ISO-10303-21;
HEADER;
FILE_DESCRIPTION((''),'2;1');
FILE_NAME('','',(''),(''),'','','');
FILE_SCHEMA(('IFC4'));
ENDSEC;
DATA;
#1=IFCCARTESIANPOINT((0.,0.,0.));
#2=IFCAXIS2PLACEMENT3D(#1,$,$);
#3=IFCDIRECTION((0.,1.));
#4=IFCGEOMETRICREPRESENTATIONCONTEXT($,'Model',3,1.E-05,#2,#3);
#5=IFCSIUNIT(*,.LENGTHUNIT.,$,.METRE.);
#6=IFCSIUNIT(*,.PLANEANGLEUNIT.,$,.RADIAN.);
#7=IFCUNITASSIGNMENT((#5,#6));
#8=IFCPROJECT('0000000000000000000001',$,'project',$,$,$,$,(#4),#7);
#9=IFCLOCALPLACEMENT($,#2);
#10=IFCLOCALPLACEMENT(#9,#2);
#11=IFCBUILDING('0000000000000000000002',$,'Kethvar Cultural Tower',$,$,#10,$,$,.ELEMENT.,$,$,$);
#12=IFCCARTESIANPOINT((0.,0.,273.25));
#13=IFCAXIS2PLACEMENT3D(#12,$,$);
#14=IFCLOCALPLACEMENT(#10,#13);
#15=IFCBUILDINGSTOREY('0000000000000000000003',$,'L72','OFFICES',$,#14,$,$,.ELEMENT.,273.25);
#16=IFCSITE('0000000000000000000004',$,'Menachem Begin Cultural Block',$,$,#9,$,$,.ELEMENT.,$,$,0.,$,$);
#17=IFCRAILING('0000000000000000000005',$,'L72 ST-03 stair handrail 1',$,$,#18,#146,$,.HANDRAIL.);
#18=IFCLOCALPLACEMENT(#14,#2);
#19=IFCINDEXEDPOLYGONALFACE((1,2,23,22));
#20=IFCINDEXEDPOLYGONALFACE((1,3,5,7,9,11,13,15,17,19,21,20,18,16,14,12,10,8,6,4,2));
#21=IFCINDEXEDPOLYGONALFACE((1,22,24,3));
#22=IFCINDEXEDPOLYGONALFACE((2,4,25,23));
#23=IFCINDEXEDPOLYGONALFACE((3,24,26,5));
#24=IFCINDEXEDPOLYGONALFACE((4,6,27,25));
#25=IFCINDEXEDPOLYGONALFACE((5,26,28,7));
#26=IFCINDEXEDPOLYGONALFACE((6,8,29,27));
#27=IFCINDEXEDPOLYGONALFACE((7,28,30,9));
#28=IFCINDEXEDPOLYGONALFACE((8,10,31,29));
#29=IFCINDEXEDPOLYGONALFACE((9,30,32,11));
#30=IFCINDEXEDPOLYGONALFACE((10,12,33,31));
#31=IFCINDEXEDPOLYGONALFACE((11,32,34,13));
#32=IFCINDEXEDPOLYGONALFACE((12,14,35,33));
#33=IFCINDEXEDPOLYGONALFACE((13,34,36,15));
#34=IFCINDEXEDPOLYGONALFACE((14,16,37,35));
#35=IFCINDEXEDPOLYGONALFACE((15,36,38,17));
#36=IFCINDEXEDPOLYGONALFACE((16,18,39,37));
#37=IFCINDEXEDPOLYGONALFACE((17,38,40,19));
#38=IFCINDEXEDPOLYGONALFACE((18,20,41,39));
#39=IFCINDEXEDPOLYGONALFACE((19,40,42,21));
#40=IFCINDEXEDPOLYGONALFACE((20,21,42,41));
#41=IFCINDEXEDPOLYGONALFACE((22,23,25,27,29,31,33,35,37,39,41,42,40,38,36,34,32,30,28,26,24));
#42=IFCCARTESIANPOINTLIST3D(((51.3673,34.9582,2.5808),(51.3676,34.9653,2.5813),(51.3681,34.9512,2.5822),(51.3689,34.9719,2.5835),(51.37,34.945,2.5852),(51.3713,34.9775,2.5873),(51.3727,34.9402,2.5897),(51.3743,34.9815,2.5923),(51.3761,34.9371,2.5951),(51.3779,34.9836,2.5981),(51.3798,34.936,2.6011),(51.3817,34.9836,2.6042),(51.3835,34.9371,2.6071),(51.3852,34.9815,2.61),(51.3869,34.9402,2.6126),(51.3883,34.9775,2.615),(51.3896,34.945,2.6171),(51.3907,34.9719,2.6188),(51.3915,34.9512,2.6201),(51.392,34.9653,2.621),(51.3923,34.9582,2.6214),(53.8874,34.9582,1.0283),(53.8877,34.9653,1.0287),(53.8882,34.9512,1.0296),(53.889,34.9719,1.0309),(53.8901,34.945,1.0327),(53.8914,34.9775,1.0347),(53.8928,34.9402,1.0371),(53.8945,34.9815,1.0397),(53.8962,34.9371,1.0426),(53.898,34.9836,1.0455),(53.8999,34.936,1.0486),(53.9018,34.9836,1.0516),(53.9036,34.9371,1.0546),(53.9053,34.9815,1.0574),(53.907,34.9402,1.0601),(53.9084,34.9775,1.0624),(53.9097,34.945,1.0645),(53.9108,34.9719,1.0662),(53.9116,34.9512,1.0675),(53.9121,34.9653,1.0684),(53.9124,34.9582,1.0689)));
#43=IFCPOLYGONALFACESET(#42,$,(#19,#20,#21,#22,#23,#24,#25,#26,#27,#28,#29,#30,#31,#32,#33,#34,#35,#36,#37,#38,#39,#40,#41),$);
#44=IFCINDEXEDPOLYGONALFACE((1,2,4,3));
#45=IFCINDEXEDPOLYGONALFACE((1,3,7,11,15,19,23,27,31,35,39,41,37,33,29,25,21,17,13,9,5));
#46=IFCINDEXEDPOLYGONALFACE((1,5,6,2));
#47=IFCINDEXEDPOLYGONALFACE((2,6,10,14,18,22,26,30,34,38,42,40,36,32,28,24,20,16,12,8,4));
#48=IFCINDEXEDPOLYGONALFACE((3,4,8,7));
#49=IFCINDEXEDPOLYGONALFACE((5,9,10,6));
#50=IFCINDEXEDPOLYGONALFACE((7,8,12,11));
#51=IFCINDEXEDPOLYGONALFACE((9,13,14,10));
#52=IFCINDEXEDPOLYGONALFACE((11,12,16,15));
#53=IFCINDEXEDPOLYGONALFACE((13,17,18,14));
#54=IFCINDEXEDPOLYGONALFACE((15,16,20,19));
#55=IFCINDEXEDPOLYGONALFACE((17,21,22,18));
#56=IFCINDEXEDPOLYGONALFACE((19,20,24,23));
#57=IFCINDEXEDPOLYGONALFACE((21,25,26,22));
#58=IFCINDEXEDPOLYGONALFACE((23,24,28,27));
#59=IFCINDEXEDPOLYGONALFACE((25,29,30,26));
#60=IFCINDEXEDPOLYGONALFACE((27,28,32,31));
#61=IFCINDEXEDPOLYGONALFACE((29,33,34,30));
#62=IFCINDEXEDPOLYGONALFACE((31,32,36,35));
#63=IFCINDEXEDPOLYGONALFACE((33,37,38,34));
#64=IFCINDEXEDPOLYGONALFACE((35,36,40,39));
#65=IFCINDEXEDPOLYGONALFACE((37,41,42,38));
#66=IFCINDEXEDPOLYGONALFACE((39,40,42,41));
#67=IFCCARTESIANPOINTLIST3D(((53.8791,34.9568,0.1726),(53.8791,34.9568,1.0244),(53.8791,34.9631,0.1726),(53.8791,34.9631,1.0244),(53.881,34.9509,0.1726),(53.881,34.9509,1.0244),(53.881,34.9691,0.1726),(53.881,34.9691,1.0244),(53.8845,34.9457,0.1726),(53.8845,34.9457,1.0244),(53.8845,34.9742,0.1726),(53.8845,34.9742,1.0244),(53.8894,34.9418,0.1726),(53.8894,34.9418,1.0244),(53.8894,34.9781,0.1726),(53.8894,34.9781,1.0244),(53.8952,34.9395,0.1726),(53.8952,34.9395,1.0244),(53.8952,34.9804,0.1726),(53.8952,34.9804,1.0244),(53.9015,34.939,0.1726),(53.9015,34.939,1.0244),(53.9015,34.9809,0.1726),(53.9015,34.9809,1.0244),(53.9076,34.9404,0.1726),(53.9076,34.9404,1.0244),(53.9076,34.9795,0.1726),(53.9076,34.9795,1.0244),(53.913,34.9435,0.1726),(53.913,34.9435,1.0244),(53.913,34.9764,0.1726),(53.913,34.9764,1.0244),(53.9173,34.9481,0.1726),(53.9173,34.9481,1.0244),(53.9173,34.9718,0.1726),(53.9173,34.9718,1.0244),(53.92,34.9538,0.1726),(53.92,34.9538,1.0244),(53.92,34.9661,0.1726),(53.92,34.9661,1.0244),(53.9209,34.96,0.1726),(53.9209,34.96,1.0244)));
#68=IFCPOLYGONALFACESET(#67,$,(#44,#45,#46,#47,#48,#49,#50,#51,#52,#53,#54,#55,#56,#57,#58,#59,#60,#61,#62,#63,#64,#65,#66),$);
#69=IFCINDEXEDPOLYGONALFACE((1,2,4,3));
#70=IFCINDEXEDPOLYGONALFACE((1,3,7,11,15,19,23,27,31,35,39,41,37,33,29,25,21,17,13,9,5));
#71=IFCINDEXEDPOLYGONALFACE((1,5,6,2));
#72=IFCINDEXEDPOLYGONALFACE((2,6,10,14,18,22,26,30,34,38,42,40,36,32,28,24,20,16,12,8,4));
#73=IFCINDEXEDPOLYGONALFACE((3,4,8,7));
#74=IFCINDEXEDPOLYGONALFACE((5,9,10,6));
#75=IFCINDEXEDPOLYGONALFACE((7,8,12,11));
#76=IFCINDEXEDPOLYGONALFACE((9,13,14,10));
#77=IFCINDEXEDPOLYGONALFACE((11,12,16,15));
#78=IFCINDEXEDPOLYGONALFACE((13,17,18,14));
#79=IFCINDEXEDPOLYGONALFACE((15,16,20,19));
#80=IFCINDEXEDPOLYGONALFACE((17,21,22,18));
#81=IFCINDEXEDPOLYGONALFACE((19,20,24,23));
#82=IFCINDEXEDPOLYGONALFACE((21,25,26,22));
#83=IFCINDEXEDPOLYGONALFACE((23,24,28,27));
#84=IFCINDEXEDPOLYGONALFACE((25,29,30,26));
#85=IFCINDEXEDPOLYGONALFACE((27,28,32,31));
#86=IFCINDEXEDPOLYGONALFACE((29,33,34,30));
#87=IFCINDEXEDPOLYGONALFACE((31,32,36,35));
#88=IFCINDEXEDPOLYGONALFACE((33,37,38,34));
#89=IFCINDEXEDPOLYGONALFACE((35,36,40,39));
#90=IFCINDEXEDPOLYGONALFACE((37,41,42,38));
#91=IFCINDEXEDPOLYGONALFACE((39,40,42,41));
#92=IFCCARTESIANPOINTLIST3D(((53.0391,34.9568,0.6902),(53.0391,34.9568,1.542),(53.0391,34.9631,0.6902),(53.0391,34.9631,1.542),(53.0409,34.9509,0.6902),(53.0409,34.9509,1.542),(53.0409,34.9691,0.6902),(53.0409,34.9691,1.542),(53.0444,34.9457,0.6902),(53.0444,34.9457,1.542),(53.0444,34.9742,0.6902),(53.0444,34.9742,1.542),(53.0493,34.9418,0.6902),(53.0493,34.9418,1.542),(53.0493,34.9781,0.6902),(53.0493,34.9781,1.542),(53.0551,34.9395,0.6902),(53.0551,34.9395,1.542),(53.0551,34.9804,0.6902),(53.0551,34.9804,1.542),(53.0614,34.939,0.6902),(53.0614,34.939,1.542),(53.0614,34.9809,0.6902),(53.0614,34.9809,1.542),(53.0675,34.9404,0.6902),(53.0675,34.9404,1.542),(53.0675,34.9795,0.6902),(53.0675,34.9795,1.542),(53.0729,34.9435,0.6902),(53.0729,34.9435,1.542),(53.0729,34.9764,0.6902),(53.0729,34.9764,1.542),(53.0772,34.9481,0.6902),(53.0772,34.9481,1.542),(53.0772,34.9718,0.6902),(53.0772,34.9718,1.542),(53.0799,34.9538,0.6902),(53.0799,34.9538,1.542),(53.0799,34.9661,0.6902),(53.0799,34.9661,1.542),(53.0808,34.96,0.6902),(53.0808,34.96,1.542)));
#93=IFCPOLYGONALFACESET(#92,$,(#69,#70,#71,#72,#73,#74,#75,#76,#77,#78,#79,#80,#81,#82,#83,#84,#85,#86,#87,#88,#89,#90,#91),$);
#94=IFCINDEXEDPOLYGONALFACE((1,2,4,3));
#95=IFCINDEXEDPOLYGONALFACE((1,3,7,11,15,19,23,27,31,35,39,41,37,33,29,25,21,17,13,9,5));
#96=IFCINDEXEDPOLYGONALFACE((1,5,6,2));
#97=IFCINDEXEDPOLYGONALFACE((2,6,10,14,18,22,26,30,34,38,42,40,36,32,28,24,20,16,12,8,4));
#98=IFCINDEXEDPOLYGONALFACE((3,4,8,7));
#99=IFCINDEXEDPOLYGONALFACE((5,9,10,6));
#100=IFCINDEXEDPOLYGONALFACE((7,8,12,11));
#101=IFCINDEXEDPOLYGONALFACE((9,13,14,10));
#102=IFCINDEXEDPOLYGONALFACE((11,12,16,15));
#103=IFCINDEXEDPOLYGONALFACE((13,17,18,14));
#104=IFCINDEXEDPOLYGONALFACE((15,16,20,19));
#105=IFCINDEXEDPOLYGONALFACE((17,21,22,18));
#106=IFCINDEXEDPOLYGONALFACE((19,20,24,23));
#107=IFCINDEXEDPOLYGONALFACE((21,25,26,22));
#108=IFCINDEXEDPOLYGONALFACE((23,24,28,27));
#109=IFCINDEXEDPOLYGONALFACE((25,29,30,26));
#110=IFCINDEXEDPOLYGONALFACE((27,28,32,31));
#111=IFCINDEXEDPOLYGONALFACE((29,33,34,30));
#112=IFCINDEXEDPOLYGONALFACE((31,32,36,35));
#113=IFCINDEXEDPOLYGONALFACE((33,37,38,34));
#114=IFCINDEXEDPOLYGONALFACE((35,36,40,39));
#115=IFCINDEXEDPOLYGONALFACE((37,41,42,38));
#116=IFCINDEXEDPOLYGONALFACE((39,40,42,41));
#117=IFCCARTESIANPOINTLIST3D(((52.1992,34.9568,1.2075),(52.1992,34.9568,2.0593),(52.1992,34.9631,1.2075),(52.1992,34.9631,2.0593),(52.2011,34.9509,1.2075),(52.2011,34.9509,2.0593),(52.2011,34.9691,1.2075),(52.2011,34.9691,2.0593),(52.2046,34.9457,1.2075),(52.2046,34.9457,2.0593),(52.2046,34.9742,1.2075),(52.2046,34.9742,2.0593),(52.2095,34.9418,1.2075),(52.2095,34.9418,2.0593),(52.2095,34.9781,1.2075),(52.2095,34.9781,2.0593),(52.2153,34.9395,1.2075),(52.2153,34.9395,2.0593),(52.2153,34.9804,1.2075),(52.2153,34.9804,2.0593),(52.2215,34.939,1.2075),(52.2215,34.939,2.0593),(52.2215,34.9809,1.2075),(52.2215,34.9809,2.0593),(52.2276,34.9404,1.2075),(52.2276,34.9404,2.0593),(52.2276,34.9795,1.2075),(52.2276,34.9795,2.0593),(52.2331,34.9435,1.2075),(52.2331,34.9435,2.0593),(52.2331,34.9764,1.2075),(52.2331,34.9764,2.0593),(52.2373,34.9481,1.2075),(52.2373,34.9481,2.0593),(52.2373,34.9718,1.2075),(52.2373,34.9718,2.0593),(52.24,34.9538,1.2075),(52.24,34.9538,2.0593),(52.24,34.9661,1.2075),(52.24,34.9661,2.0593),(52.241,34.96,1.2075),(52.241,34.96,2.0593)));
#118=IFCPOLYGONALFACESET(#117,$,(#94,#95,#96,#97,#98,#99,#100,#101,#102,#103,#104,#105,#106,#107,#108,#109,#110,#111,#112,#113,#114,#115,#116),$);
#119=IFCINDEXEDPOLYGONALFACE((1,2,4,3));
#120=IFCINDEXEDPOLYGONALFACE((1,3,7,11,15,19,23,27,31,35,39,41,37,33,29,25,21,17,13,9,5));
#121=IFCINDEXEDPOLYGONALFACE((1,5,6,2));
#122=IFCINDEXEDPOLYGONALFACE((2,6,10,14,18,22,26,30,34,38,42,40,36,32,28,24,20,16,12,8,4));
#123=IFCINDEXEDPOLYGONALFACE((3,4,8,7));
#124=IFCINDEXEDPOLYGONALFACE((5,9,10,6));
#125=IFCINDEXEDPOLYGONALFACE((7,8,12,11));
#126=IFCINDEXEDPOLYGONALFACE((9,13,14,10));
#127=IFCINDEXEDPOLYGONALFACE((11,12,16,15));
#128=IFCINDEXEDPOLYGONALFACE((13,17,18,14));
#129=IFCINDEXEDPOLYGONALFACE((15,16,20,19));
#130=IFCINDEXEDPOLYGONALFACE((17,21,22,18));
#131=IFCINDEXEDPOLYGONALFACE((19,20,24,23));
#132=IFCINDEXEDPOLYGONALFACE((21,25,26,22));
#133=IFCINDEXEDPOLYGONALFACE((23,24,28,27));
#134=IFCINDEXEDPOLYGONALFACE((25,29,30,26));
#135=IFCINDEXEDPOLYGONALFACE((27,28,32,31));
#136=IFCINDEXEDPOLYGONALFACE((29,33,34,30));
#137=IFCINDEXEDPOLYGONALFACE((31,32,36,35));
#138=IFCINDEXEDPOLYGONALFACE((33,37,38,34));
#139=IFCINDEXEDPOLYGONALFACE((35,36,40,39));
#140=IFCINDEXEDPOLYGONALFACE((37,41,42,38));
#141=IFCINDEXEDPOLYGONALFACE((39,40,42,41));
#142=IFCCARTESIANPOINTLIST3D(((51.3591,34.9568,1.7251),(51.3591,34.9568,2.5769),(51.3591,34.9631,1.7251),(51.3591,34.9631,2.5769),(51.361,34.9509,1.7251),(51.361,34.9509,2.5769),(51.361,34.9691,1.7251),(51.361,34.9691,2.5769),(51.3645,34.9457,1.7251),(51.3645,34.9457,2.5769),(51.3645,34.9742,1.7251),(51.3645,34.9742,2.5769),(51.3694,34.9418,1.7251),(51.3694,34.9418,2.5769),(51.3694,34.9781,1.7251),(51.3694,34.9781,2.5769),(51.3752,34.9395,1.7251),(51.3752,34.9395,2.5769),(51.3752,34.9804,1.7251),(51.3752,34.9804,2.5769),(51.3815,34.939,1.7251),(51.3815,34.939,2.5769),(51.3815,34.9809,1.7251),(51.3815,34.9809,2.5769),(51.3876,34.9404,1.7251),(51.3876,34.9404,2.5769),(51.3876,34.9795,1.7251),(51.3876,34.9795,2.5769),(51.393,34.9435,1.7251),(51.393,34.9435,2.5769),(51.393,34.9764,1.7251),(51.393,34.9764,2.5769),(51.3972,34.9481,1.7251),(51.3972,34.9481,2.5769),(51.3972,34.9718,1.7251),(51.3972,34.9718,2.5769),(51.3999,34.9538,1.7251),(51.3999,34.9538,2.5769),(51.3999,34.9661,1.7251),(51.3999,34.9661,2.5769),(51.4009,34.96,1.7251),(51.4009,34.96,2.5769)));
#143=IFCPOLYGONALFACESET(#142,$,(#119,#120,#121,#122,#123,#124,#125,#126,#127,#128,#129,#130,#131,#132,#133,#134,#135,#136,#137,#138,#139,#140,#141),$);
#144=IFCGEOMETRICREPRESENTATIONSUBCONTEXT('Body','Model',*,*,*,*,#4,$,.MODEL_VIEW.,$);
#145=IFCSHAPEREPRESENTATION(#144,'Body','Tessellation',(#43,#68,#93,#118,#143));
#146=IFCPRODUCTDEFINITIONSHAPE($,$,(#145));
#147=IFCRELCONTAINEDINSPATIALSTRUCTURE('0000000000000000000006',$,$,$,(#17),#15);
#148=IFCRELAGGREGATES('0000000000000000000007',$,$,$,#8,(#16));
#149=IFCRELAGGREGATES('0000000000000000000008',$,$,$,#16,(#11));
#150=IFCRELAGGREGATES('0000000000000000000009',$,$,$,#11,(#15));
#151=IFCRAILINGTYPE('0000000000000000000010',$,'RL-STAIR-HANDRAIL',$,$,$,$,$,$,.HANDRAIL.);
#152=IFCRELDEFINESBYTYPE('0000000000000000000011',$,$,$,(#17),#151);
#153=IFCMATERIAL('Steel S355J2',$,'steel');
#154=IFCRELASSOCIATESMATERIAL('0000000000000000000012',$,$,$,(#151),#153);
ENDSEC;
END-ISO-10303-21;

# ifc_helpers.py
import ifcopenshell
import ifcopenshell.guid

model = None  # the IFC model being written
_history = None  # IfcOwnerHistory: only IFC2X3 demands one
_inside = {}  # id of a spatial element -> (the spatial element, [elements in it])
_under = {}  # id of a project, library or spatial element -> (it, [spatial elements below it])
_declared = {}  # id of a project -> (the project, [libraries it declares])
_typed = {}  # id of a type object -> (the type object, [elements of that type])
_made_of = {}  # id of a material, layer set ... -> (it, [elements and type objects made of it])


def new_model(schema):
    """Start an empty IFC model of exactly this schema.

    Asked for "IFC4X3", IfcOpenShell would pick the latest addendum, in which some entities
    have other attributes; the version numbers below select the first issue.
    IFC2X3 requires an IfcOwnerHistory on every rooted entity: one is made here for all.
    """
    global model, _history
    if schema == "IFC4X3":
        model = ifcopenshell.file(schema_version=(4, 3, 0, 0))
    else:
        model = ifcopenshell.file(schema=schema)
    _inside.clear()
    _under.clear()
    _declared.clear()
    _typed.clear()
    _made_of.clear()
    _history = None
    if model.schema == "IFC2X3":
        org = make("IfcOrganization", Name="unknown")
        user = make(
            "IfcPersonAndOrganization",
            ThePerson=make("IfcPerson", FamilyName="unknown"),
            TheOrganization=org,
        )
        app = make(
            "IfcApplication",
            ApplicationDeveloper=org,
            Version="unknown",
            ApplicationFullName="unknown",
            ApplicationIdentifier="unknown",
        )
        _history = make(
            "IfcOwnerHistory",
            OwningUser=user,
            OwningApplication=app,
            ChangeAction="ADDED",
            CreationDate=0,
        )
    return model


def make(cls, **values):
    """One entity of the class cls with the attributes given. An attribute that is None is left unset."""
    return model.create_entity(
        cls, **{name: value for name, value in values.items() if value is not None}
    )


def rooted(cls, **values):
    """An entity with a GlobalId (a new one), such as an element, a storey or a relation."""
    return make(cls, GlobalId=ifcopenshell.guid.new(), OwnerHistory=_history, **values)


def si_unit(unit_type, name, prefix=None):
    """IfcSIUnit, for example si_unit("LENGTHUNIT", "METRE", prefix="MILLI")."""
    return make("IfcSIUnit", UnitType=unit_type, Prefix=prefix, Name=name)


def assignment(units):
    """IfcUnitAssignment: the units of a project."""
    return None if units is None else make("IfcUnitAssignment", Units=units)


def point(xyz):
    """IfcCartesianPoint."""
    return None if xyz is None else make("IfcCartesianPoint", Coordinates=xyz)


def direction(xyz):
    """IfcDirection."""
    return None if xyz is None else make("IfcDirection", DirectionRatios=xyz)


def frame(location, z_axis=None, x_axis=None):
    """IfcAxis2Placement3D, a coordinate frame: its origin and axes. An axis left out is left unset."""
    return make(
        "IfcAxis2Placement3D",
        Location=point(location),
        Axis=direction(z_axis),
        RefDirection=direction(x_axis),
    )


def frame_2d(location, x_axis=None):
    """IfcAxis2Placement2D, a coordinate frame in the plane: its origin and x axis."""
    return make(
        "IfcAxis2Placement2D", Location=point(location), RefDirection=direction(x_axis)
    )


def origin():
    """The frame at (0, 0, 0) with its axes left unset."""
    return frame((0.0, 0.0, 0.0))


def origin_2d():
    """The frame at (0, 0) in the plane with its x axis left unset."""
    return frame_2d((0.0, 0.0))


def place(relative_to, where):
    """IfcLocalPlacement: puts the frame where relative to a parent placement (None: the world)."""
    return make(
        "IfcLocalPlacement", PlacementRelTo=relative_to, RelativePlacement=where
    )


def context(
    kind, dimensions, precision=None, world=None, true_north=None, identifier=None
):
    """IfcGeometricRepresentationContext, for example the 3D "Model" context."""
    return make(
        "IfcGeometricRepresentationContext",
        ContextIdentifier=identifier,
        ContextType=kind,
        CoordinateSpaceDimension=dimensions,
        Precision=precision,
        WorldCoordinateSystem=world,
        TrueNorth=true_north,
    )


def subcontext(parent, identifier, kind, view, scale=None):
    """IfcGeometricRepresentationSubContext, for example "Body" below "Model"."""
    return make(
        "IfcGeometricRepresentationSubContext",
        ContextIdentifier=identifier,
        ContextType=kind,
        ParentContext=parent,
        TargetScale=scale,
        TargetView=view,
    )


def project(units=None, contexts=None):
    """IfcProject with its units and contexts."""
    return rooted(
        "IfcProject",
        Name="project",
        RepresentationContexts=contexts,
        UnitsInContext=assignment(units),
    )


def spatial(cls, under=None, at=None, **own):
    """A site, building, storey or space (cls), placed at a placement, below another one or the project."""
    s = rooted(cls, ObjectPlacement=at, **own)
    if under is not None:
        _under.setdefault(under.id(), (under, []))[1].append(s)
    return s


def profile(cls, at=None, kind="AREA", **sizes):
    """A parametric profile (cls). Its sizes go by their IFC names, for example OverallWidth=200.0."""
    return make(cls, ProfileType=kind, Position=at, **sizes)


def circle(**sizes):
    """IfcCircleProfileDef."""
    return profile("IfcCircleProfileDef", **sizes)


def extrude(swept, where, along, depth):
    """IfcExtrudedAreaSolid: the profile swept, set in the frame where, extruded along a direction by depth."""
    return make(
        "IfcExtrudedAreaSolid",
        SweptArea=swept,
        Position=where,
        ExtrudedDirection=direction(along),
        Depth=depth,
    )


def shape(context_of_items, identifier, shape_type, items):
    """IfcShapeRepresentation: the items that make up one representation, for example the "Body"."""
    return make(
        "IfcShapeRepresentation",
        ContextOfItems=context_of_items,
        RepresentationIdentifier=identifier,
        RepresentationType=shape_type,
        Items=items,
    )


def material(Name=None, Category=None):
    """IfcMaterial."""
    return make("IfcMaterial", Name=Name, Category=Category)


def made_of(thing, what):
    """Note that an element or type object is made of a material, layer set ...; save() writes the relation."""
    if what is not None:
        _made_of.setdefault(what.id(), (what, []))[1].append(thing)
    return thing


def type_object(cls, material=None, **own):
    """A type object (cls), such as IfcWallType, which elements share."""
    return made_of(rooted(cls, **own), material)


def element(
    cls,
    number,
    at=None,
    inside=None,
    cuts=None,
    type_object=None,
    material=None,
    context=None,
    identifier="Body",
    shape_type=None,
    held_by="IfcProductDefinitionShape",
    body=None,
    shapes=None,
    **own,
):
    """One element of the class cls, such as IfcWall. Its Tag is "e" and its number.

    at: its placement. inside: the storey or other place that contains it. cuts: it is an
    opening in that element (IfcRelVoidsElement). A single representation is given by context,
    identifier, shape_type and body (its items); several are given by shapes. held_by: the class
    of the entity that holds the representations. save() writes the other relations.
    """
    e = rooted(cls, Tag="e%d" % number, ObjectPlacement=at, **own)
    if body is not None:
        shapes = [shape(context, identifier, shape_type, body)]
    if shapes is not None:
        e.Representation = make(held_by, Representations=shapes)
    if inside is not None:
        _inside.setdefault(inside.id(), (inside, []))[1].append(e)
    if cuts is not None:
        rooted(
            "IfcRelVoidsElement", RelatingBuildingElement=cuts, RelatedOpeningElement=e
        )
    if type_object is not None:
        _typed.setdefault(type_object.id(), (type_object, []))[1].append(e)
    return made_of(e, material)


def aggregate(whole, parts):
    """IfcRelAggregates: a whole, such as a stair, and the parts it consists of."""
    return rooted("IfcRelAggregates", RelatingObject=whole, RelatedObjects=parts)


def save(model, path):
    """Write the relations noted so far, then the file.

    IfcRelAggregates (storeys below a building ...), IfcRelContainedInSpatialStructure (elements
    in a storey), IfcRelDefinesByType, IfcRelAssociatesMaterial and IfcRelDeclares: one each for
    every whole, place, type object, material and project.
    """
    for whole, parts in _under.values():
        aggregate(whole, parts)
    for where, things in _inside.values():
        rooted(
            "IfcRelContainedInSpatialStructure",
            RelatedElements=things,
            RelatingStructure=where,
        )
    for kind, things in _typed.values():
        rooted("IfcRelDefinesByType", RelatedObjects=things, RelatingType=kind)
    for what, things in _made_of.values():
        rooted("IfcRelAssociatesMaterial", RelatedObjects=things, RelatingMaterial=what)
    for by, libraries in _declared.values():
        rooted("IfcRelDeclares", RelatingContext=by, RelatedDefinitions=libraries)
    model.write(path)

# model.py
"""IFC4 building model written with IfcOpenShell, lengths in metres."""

from ifc_helpers import new_model, si_unit, direction, frame, origin, origin_2d, place, context, subcontext, project, spatial, circle, extrude, material, type_object, element, save


model = new_model("IFC4")

# Units and contexts
model_context = context("Model", 3, precision=1e-05, world=origin(), true_north=direction((0.0, 1.0)))
body_context = subcontext(model_context, "Body", "Model", "MODEL_VIEW")
ifc_project = project(units=[si_unit("LENGTHUNIT", "METRE"), si_unit("PLANEANGLEUNIT", "RADIAN")], contexts=[model_context])

# Site, building, storey
site_placement = place(None, origin())
site = spatial("IfcSite", under=ifc_project, at=site_placement, Name="Menachem Begin Cultural Block", CompositionType="ELEMENT", RefElevation=0.0)
building_placement = place(site_placement, origin())
building = spatial("IfcBuilding", under=site, at=building_placement, Name="Kethvar Cultural Tower", CompositionType="ELEMENT")
storey_placement = place(building_placement, frame((0.0, 0.0, 273.25)))
storey = spatial("IfcBuildingStorey", under=building, at=storey_placement, Name="L72", Description="OFFICES", CompositionType="ELEMENT", Elevation=273.25)

# Shared definitions
ifc_material_1 = material(Name="Steel S355J2", Category="steel")

# Railing
railing_type_1 = type_object("IfcRailingType", Name="RL-STAIR-HANDRAIL", PredefinedType="HANDRAIL", material=ifc_material_1)
railing_1_placement = place(storey_placement, frame((53.8999, 34.96, 0.1726)))
element("IfcRailing", 1, at=railing_1_placement, inside=storey, type_object=railing_type_1, Name="L72 ST-03 stair handrail 1", PredefinedType="HANDRAIL", context=body_context, shape_type="SweptSolid", body=[
    extrude(circle(Radius=0.0239, at=origin_2d()), frame((0.0, 0.0, 0.876), z_axis=(-0.8514, 0.0, 0.524516), x_axis=(0.0, -1.0, 0.0)), (0.0, 0.0, 1.0), 2.96),
    extrude(circle(Radius=0.021, at=origin_2d()), origin(), (0.0, 0.0, 1.0), 0.8518),
    extrude(circle(Radius=0.021, at=origin_2d()), frame((-0.8401, 0.0, 0.5176)), (0.0, 0.0, 1.0), 0.8518),
    extrude(circle(Radius=0.021, at=origin_2d()), frame((-1.6799, 0.0, 1.0349)), (0.0, 0.0, 1.0), 0.8518),
    extrude(circle(Radius=0.021, at=origin_2d()), frame((-2.52, 0.0, 1.5525)), (0.0, 0.0, 1.0), 0.8518),
])

save(model, "model.ifc")
